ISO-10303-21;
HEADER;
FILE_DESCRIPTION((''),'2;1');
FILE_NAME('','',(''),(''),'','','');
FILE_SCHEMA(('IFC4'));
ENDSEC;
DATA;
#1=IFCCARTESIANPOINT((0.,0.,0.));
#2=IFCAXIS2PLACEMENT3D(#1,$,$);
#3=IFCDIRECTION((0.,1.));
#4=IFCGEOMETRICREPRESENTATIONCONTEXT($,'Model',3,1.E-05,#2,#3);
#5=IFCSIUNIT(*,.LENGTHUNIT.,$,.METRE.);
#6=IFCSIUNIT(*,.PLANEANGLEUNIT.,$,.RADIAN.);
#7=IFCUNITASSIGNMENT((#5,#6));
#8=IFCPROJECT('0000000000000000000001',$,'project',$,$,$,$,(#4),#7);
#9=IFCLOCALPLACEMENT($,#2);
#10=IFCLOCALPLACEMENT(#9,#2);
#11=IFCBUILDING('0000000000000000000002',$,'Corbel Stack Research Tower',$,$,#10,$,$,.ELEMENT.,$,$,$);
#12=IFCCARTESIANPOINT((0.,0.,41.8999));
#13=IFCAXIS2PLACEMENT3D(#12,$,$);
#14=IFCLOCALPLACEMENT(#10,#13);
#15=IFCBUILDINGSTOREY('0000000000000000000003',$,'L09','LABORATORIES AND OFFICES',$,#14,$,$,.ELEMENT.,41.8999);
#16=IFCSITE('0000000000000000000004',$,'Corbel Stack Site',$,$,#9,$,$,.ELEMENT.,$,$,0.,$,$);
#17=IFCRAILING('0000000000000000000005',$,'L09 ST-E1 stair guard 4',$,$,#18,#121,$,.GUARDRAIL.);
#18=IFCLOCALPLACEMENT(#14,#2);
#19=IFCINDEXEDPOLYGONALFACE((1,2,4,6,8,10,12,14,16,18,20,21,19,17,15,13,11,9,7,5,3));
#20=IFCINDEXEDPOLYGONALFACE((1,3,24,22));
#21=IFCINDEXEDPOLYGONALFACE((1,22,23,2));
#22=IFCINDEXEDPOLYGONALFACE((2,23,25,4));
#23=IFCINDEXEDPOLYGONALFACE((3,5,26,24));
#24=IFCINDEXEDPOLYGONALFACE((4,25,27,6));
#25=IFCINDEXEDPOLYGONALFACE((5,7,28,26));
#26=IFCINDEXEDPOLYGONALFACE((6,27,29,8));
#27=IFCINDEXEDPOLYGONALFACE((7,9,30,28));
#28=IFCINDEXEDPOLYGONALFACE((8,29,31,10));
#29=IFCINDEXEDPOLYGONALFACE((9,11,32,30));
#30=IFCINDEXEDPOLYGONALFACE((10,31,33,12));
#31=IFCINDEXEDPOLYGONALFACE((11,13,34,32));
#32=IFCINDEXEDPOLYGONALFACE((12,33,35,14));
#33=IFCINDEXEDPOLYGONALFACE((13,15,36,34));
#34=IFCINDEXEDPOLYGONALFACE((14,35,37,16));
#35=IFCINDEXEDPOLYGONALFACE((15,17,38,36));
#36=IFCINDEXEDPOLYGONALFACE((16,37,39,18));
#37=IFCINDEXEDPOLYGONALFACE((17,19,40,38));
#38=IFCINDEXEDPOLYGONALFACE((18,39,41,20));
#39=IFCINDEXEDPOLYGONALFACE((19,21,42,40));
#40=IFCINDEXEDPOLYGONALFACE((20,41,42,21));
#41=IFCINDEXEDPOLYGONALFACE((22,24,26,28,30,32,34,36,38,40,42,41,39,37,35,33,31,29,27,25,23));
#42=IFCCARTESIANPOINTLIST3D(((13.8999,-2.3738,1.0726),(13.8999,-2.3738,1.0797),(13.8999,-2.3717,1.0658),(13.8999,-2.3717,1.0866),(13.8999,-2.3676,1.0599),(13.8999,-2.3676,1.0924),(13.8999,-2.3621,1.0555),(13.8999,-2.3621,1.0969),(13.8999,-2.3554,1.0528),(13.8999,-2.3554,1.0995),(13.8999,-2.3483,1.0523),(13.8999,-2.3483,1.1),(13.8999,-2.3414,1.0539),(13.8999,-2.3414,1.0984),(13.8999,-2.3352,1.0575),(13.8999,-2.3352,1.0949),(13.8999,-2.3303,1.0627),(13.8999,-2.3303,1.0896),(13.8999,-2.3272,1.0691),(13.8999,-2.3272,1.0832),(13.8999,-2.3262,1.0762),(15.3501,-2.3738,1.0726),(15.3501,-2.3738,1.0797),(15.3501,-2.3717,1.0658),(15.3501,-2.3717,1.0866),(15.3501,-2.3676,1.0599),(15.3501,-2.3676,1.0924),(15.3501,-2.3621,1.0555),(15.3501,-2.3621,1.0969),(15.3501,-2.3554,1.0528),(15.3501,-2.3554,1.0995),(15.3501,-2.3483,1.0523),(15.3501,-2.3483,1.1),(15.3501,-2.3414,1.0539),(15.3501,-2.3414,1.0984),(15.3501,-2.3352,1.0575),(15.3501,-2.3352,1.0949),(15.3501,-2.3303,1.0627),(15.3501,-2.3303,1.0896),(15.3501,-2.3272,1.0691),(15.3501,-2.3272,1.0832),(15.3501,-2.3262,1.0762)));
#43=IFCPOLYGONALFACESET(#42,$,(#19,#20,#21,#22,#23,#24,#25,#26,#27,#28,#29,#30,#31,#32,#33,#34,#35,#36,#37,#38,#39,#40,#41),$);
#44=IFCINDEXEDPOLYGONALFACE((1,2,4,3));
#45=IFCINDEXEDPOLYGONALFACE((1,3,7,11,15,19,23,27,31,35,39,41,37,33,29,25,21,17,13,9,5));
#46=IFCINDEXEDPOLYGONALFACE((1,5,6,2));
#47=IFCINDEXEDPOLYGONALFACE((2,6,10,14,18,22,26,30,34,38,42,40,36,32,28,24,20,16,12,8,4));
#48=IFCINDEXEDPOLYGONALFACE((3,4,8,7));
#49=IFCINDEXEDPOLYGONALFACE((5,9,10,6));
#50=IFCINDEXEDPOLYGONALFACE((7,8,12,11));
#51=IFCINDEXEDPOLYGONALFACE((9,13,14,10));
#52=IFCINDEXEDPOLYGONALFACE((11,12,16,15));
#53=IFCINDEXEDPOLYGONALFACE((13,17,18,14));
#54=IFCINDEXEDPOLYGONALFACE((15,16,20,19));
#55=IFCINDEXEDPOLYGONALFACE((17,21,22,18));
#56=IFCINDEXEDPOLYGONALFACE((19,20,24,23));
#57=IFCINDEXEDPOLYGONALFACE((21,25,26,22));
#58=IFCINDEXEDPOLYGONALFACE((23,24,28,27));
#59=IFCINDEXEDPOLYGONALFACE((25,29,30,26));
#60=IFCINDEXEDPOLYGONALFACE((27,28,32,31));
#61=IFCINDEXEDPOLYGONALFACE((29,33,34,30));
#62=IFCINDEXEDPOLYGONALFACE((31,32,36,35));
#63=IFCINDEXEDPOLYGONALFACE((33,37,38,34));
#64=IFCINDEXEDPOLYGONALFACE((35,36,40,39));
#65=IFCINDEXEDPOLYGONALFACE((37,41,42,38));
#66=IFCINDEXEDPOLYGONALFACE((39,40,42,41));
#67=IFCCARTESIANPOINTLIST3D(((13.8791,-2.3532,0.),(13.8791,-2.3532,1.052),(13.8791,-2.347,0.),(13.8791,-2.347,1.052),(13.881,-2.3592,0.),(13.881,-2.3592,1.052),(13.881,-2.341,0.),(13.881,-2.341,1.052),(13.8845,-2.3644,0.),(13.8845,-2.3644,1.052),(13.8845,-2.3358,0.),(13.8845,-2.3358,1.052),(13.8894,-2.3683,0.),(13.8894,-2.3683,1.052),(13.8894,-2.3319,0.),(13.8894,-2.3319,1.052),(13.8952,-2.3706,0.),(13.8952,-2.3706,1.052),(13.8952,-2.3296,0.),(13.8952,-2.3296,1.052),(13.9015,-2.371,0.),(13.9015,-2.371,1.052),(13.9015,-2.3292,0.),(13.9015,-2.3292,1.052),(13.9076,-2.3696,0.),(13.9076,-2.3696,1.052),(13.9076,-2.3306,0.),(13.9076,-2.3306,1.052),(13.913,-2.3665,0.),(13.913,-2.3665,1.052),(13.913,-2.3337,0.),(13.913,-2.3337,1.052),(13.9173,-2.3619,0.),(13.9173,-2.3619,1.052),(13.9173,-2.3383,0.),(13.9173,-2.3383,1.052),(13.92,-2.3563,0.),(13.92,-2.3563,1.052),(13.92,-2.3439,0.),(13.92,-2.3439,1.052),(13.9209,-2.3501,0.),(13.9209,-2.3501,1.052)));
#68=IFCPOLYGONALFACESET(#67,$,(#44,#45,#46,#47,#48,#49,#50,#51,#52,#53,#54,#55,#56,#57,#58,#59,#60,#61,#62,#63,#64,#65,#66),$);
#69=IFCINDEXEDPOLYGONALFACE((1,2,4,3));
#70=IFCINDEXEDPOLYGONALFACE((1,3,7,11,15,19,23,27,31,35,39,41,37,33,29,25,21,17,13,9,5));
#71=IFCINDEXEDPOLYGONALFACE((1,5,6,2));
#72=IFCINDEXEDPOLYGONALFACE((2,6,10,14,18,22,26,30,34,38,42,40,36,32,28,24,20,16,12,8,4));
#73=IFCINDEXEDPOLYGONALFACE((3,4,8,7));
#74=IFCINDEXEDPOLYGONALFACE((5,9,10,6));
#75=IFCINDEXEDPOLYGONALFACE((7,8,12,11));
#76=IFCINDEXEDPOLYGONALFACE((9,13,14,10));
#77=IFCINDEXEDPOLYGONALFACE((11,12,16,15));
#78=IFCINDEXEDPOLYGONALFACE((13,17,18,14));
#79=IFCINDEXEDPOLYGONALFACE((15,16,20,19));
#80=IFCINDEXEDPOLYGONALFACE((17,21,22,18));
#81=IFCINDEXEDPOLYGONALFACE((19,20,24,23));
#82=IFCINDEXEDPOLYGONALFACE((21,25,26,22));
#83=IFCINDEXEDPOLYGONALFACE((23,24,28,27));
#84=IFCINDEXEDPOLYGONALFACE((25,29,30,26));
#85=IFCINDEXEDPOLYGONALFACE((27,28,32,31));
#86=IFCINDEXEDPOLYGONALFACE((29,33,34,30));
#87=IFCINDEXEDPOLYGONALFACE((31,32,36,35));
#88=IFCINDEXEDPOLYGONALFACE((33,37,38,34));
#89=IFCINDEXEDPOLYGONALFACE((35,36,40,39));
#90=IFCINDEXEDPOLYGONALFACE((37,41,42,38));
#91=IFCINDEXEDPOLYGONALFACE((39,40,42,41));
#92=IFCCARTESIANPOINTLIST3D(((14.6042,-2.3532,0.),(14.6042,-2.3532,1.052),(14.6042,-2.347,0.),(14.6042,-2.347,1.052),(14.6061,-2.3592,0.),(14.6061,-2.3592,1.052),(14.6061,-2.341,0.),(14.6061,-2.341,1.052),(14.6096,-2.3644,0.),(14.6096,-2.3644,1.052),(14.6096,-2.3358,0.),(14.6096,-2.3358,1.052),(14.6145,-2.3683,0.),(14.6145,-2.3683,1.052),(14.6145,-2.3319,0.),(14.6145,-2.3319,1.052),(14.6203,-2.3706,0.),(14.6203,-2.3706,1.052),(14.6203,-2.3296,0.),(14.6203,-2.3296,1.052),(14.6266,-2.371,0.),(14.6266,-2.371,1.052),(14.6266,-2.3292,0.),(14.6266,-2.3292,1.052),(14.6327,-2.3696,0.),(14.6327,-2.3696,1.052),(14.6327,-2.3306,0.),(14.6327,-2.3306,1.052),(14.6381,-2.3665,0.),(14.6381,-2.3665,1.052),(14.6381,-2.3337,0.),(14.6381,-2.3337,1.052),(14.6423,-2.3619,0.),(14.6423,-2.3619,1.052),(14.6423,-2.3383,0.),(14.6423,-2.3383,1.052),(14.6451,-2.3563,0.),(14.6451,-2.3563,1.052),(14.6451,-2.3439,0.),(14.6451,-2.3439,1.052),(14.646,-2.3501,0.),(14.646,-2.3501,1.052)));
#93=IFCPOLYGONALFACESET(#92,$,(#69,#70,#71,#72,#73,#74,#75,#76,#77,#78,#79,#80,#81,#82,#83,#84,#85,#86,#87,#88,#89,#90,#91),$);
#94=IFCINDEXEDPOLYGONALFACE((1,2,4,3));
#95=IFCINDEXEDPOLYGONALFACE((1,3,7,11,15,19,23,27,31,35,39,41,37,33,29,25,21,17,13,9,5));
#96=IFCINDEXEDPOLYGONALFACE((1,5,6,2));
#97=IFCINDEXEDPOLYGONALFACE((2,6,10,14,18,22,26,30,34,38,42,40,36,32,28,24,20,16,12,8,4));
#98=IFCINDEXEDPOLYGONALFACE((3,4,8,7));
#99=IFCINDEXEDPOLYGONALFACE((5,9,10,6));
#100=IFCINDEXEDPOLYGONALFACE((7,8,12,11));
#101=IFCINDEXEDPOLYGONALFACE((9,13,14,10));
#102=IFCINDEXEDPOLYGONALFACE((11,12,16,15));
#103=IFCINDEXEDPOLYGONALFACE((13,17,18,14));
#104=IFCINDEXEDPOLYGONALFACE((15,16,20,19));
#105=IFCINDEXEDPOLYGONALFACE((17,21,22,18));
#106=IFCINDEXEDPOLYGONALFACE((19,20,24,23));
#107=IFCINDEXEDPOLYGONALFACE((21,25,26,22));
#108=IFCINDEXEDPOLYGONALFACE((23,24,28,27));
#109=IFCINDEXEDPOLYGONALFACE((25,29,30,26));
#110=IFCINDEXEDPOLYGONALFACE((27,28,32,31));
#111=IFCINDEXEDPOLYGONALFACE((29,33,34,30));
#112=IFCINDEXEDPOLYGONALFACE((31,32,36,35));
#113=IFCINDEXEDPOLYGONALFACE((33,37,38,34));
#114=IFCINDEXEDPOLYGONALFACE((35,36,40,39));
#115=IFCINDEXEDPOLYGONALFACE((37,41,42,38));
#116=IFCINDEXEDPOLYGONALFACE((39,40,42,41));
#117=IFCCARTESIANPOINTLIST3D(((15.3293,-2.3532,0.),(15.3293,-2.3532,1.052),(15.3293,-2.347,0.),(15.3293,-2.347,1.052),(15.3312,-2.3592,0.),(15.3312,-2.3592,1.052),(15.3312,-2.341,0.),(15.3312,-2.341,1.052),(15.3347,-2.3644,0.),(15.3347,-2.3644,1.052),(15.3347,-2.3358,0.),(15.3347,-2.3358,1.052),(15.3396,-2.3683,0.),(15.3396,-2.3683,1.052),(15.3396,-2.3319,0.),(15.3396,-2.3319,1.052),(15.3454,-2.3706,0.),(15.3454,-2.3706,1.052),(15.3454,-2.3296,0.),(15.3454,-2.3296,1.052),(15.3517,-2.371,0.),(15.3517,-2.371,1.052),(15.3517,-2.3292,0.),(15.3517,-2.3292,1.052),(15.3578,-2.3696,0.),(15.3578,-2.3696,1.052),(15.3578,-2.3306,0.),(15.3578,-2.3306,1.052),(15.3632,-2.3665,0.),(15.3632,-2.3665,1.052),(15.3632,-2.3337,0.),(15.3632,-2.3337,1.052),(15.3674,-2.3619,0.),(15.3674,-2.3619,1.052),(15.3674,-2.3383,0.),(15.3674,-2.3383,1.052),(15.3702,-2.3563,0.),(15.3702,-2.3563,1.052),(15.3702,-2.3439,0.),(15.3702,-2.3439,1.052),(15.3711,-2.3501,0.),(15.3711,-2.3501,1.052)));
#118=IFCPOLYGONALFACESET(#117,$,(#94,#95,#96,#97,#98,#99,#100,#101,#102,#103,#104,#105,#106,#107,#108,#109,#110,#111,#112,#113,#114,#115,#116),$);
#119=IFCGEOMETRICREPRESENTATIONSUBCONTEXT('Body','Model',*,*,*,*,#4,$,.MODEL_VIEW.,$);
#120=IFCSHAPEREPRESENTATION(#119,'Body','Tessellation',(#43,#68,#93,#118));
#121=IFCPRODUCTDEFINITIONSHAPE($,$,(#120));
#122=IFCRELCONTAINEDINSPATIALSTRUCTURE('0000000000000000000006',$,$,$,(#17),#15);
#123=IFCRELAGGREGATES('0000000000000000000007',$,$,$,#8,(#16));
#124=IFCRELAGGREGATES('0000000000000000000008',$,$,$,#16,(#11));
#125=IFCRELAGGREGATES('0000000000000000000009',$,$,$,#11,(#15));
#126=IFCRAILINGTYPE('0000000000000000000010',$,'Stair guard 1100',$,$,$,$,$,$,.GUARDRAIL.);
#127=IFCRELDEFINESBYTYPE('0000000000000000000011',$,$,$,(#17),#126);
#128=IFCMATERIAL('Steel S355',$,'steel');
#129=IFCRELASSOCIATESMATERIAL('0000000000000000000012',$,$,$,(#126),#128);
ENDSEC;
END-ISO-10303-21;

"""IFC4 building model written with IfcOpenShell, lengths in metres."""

from ifc_helpers import new_model, si_unit, direction, frame, origin, origin_2d, place, context, subcontext, project, spatial, circle, extrude, material, type_object, element, save


model = new_model("IFC4")

# Units and contexts
model_context = context("Model", 3, precision=1e-05, world=origin(), true_north=direction((0.0, 1.0)))
body_context = subcontext(model_context, "Body", "Model", "MODEL_VIEW")
ifc_project = project(units=[si_unit("LENGTHUNIT", "METRE"), si_unit("PLANEANGLEUNIT", "RADIAN")], contexts=[model_context])

# Site, building, storey
site_placement = place(None, origin())
site = spatial("IfcSite", under=ifc_project, at=site_placement, Name="Corbel Stack Site", CompositionType="ELEMENT", RefElevation=0.0)
building_placement = place(site_placement, origin())
building = spatial("IfcBuilding", under=site, at=building_placement, Name="Corbel Stack Research Tower", CompositionType="ELEMENT")
storey_placement = place(building_placement, frame((0.0, 0.0, 41.8999)))
storey = spatial("IfcBuildingStorey", under=building, at=storey_placement, Name="L09", Description="LABORATORIES AND OFFICES", CompositionType="ELEMENT", Elevation=41.8999)

# Railing
ifc_material_1 = material(Name="Steel S355", Category="steel")
railing_type_1 = type_object("IfcRailingType", Name="Stair guard 1100", PredefinedType="GUARDRAIL", material=ifc_material_1)
railing_1_placement = place(storey_placement, frame((13.8999, -2.3501, 0.0)))
element("IfcRailing", 1, at=railing_1_placement, inside=storey, type_object=railing_type_1, Name="L09 ST-E1 stair guard 4", PredefinedType="GUARDRAIL", context=body_context, shape_type="SweptSolid", body=[
    extrude(circle(Radius=0.0239, at=origin_2d()), frame((0.0, 0.0, 1.0762), z_axis=(1.0, 0.0, 0.0), x_axis=(0.0, 1.0, 0.0)), (0.0, 0.0, 1.0), 1.4502),
    extrude(circle(Radius=0.021, at=origin_2d()), origin(), (0.0, 0.0, 1.0), 1.052),
    extrude(circle(Radius=0.021, at=origin_2d()), frame((0.7251, 0.0, 0.0)), (0.0, 0.0, 1.0), 1.052),
    extrude(circle(Radius=0.021, at=origin_2d()), frame((1.4502, 0.0, 0.0)), (0.0, 0.0, 1.0), 1.052),
])

save(model, "model.ifc")
